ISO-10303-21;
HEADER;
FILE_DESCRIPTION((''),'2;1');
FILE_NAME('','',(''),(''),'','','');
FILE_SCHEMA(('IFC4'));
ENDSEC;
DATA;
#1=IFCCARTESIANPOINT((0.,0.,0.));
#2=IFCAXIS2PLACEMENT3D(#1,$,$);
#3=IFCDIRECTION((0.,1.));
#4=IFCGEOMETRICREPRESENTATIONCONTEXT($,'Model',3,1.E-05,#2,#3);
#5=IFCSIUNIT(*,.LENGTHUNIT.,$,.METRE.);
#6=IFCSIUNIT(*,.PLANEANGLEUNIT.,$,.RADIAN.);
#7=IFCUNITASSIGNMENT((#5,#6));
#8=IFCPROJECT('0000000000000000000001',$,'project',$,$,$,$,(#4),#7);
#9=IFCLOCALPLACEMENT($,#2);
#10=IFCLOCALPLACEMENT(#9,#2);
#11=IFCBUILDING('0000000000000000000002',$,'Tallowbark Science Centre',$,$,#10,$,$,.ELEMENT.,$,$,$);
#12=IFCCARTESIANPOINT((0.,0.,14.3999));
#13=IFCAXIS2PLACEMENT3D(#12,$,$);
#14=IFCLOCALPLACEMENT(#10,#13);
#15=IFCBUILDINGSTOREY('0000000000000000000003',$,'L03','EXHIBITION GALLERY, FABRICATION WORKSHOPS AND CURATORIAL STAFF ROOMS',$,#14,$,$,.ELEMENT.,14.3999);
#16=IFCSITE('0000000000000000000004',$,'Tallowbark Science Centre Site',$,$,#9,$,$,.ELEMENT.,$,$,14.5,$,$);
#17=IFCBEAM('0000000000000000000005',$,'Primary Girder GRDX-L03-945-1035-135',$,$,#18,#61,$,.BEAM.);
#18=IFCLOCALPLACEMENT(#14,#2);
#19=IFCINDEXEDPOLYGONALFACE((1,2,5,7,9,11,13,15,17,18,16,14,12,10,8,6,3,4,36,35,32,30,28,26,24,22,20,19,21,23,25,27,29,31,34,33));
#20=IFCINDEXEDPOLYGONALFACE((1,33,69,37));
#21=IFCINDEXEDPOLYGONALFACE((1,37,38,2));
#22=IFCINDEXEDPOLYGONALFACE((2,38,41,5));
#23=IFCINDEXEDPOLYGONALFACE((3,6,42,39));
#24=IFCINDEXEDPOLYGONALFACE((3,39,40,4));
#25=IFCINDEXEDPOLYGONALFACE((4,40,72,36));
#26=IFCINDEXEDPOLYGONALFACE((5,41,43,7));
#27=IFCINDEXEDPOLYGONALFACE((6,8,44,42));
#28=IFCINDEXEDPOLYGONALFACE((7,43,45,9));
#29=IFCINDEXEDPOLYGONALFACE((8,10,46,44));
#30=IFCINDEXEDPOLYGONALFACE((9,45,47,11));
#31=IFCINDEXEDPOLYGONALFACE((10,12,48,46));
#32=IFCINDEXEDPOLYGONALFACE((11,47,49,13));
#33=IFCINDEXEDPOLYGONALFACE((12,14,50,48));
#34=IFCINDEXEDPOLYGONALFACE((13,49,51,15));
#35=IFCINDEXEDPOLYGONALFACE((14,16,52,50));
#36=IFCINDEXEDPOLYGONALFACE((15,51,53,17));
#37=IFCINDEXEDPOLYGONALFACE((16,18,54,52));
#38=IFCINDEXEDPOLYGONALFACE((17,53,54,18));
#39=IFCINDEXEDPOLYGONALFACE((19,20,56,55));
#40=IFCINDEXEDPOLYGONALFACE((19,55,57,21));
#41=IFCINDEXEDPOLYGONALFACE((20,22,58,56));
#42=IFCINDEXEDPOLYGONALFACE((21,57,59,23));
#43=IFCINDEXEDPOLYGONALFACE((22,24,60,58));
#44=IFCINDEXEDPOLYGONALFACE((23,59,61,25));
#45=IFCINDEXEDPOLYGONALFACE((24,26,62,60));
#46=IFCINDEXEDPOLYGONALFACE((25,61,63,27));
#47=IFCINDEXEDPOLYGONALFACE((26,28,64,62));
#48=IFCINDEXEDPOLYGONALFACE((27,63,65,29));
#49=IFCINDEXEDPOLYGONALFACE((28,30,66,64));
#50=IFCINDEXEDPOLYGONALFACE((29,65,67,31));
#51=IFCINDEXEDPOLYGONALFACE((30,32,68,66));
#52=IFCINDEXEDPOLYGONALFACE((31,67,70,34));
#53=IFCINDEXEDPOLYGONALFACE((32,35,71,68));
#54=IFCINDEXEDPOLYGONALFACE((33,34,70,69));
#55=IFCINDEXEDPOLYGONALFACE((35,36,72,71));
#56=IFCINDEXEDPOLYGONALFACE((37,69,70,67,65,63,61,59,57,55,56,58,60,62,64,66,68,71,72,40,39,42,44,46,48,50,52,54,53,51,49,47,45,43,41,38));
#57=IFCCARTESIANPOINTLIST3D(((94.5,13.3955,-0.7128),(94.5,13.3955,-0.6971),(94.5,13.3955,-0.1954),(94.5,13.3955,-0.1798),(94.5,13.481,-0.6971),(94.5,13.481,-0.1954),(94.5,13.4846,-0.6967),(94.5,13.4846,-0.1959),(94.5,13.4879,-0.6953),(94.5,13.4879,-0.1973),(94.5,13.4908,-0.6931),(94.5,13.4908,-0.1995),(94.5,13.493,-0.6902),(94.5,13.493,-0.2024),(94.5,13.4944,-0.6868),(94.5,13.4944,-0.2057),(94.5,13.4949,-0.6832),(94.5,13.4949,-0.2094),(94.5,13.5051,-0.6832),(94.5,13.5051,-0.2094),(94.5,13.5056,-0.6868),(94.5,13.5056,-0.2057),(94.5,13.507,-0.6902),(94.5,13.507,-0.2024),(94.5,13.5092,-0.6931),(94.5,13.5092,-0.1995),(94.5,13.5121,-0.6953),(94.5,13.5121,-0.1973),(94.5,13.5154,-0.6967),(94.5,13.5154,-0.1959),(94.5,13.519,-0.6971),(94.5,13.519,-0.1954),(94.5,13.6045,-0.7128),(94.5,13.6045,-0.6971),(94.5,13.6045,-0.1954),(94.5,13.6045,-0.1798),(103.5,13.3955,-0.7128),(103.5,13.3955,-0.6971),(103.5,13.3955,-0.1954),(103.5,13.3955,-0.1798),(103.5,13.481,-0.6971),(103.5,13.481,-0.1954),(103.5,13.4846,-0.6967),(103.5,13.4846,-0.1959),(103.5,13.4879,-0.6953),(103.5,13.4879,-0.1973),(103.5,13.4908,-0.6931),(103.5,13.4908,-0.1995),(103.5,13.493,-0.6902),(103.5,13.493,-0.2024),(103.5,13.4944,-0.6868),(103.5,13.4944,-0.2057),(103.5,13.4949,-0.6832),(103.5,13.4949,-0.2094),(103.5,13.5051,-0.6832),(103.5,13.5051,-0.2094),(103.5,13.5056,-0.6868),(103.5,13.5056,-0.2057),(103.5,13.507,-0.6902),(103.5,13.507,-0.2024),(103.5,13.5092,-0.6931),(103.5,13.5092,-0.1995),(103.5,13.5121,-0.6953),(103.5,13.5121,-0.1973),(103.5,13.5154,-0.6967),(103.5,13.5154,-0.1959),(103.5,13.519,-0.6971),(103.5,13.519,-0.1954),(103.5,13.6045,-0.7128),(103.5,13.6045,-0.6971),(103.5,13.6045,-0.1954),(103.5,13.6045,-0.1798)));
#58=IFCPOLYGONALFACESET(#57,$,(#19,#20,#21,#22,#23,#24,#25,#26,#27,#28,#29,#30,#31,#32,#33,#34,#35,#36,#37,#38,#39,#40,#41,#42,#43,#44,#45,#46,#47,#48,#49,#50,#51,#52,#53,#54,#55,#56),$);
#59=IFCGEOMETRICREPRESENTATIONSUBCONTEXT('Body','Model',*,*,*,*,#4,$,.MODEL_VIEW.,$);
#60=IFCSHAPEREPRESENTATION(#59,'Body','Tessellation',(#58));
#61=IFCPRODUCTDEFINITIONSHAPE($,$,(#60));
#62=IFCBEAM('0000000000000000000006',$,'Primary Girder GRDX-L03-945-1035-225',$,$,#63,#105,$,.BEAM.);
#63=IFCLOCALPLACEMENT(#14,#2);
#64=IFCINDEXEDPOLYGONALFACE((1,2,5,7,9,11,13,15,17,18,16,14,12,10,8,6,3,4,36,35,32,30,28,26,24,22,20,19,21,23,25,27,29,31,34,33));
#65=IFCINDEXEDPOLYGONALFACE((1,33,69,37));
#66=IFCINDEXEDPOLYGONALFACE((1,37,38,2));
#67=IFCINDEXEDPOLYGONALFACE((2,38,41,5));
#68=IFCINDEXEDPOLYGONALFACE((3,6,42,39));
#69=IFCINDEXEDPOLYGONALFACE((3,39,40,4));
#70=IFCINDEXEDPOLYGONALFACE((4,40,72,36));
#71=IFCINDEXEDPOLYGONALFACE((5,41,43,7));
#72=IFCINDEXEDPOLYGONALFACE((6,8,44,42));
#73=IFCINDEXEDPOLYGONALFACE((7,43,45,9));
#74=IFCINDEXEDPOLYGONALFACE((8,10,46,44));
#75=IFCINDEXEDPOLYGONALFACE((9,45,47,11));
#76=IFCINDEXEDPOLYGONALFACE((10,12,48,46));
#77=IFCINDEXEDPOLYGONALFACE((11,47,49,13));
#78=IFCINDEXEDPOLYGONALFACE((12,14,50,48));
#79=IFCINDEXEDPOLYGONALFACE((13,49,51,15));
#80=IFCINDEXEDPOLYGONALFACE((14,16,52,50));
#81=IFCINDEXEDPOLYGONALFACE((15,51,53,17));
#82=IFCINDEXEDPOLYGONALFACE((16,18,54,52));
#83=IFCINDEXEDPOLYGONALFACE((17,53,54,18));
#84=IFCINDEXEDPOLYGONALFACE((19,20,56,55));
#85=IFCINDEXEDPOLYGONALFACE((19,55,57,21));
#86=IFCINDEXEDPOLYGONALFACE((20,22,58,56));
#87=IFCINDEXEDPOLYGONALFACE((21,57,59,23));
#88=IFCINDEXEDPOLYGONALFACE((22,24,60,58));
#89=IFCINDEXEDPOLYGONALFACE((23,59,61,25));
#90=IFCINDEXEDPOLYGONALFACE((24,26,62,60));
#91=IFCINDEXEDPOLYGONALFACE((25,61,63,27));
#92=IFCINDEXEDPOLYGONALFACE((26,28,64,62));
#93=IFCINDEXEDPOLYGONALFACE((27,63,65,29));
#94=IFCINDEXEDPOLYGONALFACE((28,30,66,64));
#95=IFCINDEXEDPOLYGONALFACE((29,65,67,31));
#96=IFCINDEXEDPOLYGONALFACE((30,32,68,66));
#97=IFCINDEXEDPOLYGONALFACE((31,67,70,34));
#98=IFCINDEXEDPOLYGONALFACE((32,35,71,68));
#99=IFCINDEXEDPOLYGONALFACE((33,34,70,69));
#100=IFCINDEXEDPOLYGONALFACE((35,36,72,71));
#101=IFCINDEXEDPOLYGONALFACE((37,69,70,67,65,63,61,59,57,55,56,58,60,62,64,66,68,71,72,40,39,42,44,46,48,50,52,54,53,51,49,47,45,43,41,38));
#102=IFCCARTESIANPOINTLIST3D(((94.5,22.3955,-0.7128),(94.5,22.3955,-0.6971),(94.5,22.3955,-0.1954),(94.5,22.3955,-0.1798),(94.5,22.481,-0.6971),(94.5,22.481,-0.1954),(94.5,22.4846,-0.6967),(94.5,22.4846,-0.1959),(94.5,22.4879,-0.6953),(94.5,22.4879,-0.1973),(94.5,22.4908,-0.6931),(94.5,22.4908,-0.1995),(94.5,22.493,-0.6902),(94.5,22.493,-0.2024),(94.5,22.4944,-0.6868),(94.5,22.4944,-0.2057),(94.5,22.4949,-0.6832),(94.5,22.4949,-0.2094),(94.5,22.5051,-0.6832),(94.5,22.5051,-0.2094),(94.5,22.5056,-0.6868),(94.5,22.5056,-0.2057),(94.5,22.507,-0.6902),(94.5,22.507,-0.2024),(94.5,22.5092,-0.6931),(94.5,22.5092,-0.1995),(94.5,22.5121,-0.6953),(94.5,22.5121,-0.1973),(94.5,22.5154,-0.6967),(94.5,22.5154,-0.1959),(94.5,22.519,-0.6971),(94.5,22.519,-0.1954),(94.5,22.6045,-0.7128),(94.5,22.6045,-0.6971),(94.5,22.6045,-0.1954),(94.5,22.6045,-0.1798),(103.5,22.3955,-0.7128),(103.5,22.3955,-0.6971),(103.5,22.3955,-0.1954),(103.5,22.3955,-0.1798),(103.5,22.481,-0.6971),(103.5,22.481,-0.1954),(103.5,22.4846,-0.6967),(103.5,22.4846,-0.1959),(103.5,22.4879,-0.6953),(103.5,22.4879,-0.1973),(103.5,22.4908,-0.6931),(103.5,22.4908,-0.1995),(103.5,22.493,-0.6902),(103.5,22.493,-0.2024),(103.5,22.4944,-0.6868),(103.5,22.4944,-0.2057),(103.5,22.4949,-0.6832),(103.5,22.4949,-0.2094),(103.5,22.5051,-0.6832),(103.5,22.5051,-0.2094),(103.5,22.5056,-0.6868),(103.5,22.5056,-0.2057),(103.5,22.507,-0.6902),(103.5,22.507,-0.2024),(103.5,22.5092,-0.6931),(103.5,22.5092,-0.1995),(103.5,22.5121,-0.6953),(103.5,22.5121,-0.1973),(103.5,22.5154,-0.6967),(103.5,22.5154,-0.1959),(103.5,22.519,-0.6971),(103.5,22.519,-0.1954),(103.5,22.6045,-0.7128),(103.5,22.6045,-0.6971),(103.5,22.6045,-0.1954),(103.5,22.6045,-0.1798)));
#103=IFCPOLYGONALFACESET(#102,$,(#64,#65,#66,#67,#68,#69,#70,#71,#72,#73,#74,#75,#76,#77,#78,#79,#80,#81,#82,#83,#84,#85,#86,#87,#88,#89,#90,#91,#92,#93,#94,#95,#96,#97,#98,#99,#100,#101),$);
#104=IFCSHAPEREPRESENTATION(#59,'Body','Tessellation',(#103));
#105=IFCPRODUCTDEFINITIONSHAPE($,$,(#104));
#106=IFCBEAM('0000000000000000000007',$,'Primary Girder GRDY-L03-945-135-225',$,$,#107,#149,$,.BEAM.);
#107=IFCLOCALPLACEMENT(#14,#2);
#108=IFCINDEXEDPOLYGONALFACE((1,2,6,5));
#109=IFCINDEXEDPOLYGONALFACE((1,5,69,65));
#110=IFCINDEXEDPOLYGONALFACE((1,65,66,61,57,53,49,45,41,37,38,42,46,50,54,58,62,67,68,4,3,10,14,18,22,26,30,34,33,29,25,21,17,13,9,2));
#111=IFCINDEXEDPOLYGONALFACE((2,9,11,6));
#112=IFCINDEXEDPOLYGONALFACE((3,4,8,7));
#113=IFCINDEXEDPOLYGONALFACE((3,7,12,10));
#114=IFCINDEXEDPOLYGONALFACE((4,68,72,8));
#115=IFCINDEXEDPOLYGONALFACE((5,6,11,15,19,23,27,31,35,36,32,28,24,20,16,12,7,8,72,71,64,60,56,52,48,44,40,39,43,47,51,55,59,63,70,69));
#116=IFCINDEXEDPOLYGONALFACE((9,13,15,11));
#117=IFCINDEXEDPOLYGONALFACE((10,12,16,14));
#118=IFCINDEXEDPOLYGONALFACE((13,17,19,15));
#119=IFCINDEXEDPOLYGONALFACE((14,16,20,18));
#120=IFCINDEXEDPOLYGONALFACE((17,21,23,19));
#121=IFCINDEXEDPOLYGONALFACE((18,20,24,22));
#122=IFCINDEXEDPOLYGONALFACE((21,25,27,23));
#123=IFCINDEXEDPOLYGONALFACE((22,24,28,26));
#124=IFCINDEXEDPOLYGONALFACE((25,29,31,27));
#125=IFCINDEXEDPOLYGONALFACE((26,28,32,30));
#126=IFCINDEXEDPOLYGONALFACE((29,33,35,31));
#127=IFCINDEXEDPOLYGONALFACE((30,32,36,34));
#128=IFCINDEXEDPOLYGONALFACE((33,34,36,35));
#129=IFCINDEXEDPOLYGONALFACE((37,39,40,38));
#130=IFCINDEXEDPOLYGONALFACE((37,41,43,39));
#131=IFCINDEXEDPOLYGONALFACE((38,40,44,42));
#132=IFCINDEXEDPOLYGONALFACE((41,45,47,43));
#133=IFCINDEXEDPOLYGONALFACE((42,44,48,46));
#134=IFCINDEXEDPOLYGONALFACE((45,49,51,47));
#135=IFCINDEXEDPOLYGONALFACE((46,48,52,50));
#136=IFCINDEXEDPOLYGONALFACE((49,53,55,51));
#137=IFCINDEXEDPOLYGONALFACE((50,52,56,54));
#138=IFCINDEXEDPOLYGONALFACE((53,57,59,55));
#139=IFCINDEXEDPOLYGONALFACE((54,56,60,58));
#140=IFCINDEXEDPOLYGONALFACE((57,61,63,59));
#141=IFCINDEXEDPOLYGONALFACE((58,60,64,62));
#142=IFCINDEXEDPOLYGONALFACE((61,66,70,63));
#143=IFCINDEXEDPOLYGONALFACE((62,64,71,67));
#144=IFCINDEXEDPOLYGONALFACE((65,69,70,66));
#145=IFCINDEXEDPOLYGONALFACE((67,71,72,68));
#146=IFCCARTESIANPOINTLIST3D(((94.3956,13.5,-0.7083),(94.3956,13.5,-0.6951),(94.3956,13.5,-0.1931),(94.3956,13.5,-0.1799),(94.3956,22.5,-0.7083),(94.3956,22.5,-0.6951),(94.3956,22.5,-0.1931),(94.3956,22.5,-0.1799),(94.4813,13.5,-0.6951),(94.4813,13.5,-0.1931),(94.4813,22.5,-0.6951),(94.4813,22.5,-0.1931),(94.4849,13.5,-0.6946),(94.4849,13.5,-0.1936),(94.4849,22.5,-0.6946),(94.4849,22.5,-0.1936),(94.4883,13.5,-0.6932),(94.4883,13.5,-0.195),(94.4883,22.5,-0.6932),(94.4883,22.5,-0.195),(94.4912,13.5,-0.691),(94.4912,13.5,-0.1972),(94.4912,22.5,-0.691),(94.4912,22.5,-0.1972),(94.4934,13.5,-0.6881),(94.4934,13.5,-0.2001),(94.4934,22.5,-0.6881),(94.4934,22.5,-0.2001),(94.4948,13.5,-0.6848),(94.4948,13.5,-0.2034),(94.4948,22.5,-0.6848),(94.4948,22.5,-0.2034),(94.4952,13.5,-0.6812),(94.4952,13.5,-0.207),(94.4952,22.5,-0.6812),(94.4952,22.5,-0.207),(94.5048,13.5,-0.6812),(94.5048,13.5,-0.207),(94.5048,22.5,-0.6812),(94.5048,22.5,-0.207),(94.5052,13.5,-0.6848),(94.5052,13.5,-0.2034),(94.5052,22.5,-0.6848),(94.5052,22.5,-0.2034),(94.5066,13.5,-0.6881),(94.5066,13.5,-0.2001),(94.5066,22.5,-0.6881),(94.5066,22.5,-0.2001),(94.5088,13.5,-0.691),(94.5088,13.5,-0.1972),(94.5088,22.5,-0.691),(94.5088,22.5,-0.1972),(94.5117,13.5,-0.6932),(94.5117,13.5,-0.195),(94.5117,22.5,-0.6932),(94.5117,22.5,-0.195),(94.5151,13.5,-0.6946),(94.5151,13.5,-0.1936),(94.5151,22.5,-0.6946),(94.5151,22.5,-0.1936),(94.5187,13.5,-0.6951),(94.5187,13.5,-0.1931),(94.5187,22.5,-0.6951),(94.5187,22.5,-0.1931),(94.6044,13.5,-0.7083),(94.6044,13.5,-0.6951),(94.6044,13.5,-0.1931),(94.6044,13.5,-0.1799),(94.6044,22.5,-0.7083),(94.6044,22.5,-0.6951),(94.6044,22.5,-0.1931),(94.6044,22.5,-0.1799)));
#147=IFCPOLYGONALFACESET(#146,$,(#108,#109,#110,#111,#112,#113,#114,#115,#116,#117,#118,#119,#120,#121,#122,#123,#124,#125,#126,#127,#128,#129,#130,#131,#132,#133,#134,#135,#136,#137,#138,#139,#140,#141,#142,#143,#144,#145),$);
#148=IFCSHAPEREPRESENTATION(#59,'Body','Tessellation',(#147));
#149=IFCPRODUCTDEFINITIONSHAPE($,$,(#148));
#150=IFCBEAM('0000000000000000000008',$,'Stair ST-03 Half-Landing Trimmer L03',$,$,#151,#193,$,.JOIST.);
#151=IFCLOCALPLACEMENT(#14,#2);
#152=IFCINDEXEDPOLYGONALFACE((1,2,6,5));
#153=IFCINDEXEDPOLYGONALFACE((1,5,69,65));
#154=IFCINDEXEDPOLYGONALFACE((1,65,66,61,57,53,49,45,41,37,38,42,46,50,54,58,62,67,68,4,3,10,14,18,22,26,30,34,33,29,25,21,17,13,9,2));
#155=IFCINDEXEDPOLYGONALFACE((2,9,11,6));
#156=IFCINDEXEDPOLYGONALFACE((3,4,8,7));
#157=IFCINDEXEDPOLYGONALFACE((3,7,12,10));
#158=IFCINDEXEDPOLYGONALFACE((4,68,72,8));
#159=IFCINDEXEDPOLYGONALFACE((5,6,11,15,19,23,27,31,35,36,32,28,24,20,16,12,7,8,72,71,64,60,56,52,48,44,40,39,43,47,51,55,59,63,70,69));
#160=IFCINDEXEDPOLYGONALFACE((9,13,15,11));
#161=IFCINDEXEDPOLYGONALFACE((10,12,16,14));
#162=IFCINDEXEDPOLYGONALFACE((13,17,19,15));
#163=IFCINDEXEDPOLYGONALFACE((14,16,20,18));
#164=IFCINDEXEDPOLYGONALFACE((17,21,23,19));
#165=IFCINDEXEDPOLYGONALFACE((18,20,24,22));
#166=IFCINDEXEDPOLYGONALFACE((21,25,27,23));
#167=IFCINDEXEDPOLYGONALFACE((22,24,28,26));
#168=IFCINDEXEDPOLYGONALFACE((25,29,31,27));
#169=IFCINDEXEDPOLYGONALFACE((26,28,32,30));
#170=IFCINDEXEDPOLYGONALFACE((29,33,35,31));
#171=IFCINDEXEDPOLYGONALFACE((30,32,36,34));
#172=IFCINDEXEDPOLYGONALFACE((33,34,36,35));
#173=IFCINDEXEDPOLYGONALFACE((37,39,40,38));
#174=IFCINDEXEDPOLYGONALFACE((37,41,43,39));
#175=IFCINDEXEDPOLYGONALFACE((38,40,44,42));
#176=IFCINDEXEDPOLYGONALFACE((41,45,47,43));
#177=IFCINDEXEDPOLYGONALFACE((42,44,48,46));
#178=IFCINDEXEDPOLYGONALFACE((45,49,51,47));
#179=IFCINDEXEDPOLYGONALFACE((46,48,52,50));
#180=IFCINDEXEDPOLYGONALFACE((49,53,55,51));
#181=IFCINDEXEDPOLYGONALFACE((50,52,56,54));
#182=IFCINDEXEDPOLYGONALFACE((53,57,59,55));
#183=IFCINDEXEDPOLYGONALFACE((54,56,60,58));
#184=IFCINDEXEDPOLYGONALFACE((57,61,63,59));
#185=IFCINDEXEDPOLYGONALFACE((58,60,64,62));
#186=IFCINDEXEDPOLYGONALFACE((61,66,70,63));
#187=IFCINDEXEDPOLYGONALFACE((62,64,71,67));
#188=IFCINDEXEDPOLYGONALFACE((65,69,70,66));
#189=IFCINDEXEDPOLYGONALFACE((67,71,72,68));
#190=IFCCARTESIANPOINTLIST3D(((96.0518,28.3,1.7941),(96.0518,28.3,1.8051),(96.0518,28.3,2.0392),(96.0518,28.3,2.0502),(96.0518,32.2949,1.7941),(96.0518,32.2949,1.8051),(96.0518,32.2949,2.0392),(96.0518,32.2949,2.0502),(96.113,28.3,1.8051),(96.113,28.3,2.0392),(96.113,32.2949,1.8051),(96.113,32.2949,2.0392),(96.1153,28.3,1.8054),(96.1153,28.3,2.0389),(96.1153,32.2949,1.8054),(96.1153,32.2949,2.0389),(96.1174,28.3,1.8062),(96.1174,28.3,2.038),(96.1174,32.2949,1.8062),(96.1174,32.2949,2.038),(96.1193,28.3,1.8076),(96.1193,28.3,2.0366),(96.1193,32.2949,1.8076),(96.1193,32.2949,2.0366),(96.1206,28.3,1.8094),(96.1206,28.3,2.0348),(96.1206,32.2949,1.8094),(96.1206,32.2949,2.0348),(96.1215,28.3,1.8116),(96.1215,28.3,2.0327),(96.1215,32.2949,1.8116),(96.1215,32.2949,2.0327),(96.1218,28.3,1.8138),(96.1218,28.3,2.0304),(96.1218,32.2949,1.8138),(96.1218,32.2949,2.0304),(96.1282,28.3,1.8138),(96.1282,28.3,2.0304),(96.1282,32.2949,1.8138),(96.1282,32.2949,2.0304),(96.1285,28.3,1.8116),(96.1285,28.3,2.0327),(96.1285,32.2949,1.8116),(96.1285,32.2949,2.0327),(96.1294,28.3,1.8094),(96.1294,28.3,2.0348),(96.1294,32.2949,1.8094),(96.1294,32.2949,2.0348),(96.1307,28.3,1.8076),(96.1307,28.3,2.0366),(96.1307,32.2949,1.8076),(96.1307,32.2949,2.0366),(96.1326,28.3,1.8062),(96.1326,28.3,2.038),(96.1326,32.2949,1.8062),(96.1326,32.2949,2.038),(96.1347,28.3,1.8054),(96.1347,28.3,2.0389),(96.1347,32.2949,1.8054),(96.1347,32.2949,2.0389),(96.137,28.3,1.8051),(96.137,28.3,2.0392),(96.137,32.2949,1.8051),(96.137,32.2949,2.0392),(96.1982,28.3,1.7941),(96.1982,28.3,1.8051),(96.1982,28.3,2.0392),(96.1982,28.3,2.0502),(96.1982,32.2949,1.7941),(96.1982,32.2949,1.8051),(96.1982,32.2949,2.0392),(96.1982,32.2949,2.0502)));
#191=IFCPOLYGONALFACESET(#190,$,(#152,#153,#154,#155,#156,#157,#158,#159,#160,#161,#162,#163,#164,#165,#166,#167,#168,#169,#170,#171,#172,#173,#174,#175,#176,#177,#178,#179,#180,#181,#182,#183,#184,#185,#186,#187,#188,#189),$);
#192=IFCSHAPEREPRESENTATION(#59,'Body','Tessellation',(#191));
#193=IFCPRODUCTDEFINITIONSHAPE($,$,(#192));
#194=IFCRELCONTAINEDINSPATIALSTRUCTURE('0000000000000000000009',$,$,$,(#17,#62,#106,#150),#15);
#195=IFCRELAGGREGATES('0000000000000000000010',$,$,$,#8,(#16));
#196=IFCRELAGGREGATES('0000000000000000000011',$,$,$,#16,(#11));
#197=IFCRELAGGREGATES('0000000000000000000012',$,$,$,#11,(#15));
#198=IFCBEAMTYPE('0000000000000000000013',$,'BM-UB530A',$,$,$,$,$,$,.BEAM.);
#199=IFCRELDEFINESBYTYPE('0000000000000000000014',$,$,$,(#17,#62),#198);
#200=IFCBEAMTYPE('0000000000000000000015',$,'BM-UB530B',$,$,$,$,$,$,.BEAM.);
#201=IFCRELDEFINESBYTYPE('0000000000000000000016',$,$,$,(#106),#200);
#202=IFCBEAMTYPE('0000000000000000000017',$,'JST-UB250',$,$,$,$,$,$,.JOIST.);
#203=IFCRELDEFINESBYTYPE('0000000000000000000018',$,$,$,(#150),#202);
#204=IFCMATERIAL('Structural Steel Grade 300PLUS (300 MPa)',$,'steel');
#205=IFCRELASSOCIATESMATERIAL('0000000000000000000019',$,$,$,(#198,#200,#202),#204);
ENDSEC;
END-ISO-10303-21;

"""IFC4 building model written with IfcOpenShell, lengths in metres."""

from ifc_helpers import new_model, si_unit, direction, frame, origin, origin_2d, place, context, subcontext, project, spatial, i_section, extrude, material, material_profile, profile_set, type_object, element, save


model = new_model("IFC4")

# Units and contexts
model_context = context("Model", 3, precision=1e-05, world=origin(), true_north=direction((0.0, 1.0)))
body_context = subcontext(model_context, "Body", "Model", "MODEL_VIEW")
ifc_project = project(units=[si_unit("LENGTHUNIT", "METRE"), si_unit("PLANEANGLEUNIT", "RADIAN")], contexts=[model_context])

# Site, building, storey
site_placement = place(None, origin())
site = spatial("IfcSite", under=ifc_project, at=site_placement, Name="Tallowbark Science Centre Site", CompositionType="ELEMENT", RefElevation=14.5)
building_placement = place(site_placement, origin())
building = spatial("IfcBuilding", under=site, at=building_placement, Name="Tallowbark Science Centre", CompositionType="ELEMENT")
storey_placement = place(building_placement, frame((0.0, 0.0, 14.3999)))
storey = spatial("IfcBuildingStorey", under=building, at=storey_placement, Name="L03", Description="EXHIBITION GALLERY, FABRICATION WORKSHOPS AND CURATORIAL STAFF ROOMS", CompositionType="ELEMENT", Elevation=14.3999)

# Shared definitions
ifc_material_1 = material(Name="Structural Steel Grade 300PLUS (300 MPa)", Category="steel")

# Beams
ifc_material_profile_1 = material_profile(ifc_material_1, i_section(OverallWidth=0.209, OverallDepth=0.533, WebThickness=0.0103, FlangeThickness=0.0156, FilletRadius=0.0139, at=origin_2d()), Name="530UB92.4")
ifc_profile_set_1 = profile_set([ifc_material_profile_1], Name="Structural Steel Grade 300PLUS (300 MPa)")
beam_type_1 = type_object("IfcBeamType", Name="BM-UB530A", PredefinedType="BEAM", material=ifc_profile_set_1)
for number, where, z_axis, x_axis, name in (
    (1, (94.5, 13.5, -0.4463), (1.0, 0.0, 0.0), (0.0, 1.0, 0.0), "Primary Girder GRDX-L03-945-1035-135"),
    (2, (94.5, 22.5, -0.4463), (1.0, 0.0, 0.0), (0.0, 1.0, 0.0), "Primary Girder GRDX-L03-945-1035-225"),
):
    element("IfcBeam", number, at=place(storey_placement, frame(where, z_axis=z_axis, x_axis=x_axis)), inside=storey, type_object=beam_type_1, Name=name, PredefinedType="BEAM", context=body_context, shape_type="SweptSolid", body=[
        extrude(i_section(OverallWidth=0.209, OverallDepth=0.533, WebThickness=0.0103, FlangeThickness=0.0156, FilletRadius=0.0139, at=origin_2d()), origin(), (0.0, 0.0, 1.0), 9.0),
    ])
ifc_material_profile_2 = material_profile(ifc_material_1, i_section(OverallWidth=0.2087, OverallDepth=0.5283, WebThickness=0.0095, FlangeThickness=0.0132, FilletRadius=0.0139, at=origin_2d()), Name="530UB82.0")
ifc_profile_set_2 = profile_set([ifc_material_profile_2], Name="Structural Steel Grade 300PLUS (300 MPa)")
beam_type_2 = type_object("IfcBeamType", Name="BM-UB530B", PredefinedType="BEAM", material=ifc_profile_set_2)
beam_1_placement = place(storey_placement, frame((94.5, 13.5, -0.4441), z_axis=(0.0, 1.0, 0.0), x_axis=(-1.0, 0.0, 0.0)))
element("IfcBeam", 3, at=beam_1_placement, inside=storey, type_object=beam_type_2, Name="Primary Girder GRDY-L03-945-135-225", PredefinedType="BEAM", context=body_context, shape_type="SweptSolid", body=[
    extrude(i_section(OverallWidth=0.2087, OverallDepth=0.5283, WebThickness=0.0095, FlangeThickness=0.0132, FilletRadius=0.0139, at=origin_2d()), origin(), (0.0, 0.0, 1.0), 9.0),
])
ifc_material_profile_3 = material_profile(ifc_material_1, i_section(OverallWidth=0.1465, OverallDepth=0.2561, WebThickness=0.0063, FlangeThickness=0.011, FilletRadius=0.0088, at=origin_2d()), Name="250UB37.3")
ifc_profile_set_3 = profile_set([ifc_material_profile_3], Name="Structural Steel Grade 300PLUS (300 MPa)")
beam_type_3 = type_object("IfcBeamType", Name="JST-UB250", PredefinedType="JOIST", material=ifc_profile_set_3)
beam_2_placement = place(storey_placement, frame((96.125, 28.3, 1.9221), z_axis=(0.0, 1.0, 0.0), x_axis=(-1.0, 0.0, 0.0)))
element("IfcBeam", 4, at=beam_2_placement, inside=storey, type_object=beam_type_3, Name="Stair ST-03 Half-Landing Trimmer L03", PredefinedType="JOIST", context=body_context, shape_type="SweptSolid", body=[
    extrude(i_section(OverallWidth=0.1465, OverallDepth=0.2561, WebThickness=0.0063, FlangeThickness=0.011, FilletRadius=0.0088, at=origin_2d()), origin(), (0.0, 0.0, 1.0), 3.9949),
])

save(model, "model.ifc")
